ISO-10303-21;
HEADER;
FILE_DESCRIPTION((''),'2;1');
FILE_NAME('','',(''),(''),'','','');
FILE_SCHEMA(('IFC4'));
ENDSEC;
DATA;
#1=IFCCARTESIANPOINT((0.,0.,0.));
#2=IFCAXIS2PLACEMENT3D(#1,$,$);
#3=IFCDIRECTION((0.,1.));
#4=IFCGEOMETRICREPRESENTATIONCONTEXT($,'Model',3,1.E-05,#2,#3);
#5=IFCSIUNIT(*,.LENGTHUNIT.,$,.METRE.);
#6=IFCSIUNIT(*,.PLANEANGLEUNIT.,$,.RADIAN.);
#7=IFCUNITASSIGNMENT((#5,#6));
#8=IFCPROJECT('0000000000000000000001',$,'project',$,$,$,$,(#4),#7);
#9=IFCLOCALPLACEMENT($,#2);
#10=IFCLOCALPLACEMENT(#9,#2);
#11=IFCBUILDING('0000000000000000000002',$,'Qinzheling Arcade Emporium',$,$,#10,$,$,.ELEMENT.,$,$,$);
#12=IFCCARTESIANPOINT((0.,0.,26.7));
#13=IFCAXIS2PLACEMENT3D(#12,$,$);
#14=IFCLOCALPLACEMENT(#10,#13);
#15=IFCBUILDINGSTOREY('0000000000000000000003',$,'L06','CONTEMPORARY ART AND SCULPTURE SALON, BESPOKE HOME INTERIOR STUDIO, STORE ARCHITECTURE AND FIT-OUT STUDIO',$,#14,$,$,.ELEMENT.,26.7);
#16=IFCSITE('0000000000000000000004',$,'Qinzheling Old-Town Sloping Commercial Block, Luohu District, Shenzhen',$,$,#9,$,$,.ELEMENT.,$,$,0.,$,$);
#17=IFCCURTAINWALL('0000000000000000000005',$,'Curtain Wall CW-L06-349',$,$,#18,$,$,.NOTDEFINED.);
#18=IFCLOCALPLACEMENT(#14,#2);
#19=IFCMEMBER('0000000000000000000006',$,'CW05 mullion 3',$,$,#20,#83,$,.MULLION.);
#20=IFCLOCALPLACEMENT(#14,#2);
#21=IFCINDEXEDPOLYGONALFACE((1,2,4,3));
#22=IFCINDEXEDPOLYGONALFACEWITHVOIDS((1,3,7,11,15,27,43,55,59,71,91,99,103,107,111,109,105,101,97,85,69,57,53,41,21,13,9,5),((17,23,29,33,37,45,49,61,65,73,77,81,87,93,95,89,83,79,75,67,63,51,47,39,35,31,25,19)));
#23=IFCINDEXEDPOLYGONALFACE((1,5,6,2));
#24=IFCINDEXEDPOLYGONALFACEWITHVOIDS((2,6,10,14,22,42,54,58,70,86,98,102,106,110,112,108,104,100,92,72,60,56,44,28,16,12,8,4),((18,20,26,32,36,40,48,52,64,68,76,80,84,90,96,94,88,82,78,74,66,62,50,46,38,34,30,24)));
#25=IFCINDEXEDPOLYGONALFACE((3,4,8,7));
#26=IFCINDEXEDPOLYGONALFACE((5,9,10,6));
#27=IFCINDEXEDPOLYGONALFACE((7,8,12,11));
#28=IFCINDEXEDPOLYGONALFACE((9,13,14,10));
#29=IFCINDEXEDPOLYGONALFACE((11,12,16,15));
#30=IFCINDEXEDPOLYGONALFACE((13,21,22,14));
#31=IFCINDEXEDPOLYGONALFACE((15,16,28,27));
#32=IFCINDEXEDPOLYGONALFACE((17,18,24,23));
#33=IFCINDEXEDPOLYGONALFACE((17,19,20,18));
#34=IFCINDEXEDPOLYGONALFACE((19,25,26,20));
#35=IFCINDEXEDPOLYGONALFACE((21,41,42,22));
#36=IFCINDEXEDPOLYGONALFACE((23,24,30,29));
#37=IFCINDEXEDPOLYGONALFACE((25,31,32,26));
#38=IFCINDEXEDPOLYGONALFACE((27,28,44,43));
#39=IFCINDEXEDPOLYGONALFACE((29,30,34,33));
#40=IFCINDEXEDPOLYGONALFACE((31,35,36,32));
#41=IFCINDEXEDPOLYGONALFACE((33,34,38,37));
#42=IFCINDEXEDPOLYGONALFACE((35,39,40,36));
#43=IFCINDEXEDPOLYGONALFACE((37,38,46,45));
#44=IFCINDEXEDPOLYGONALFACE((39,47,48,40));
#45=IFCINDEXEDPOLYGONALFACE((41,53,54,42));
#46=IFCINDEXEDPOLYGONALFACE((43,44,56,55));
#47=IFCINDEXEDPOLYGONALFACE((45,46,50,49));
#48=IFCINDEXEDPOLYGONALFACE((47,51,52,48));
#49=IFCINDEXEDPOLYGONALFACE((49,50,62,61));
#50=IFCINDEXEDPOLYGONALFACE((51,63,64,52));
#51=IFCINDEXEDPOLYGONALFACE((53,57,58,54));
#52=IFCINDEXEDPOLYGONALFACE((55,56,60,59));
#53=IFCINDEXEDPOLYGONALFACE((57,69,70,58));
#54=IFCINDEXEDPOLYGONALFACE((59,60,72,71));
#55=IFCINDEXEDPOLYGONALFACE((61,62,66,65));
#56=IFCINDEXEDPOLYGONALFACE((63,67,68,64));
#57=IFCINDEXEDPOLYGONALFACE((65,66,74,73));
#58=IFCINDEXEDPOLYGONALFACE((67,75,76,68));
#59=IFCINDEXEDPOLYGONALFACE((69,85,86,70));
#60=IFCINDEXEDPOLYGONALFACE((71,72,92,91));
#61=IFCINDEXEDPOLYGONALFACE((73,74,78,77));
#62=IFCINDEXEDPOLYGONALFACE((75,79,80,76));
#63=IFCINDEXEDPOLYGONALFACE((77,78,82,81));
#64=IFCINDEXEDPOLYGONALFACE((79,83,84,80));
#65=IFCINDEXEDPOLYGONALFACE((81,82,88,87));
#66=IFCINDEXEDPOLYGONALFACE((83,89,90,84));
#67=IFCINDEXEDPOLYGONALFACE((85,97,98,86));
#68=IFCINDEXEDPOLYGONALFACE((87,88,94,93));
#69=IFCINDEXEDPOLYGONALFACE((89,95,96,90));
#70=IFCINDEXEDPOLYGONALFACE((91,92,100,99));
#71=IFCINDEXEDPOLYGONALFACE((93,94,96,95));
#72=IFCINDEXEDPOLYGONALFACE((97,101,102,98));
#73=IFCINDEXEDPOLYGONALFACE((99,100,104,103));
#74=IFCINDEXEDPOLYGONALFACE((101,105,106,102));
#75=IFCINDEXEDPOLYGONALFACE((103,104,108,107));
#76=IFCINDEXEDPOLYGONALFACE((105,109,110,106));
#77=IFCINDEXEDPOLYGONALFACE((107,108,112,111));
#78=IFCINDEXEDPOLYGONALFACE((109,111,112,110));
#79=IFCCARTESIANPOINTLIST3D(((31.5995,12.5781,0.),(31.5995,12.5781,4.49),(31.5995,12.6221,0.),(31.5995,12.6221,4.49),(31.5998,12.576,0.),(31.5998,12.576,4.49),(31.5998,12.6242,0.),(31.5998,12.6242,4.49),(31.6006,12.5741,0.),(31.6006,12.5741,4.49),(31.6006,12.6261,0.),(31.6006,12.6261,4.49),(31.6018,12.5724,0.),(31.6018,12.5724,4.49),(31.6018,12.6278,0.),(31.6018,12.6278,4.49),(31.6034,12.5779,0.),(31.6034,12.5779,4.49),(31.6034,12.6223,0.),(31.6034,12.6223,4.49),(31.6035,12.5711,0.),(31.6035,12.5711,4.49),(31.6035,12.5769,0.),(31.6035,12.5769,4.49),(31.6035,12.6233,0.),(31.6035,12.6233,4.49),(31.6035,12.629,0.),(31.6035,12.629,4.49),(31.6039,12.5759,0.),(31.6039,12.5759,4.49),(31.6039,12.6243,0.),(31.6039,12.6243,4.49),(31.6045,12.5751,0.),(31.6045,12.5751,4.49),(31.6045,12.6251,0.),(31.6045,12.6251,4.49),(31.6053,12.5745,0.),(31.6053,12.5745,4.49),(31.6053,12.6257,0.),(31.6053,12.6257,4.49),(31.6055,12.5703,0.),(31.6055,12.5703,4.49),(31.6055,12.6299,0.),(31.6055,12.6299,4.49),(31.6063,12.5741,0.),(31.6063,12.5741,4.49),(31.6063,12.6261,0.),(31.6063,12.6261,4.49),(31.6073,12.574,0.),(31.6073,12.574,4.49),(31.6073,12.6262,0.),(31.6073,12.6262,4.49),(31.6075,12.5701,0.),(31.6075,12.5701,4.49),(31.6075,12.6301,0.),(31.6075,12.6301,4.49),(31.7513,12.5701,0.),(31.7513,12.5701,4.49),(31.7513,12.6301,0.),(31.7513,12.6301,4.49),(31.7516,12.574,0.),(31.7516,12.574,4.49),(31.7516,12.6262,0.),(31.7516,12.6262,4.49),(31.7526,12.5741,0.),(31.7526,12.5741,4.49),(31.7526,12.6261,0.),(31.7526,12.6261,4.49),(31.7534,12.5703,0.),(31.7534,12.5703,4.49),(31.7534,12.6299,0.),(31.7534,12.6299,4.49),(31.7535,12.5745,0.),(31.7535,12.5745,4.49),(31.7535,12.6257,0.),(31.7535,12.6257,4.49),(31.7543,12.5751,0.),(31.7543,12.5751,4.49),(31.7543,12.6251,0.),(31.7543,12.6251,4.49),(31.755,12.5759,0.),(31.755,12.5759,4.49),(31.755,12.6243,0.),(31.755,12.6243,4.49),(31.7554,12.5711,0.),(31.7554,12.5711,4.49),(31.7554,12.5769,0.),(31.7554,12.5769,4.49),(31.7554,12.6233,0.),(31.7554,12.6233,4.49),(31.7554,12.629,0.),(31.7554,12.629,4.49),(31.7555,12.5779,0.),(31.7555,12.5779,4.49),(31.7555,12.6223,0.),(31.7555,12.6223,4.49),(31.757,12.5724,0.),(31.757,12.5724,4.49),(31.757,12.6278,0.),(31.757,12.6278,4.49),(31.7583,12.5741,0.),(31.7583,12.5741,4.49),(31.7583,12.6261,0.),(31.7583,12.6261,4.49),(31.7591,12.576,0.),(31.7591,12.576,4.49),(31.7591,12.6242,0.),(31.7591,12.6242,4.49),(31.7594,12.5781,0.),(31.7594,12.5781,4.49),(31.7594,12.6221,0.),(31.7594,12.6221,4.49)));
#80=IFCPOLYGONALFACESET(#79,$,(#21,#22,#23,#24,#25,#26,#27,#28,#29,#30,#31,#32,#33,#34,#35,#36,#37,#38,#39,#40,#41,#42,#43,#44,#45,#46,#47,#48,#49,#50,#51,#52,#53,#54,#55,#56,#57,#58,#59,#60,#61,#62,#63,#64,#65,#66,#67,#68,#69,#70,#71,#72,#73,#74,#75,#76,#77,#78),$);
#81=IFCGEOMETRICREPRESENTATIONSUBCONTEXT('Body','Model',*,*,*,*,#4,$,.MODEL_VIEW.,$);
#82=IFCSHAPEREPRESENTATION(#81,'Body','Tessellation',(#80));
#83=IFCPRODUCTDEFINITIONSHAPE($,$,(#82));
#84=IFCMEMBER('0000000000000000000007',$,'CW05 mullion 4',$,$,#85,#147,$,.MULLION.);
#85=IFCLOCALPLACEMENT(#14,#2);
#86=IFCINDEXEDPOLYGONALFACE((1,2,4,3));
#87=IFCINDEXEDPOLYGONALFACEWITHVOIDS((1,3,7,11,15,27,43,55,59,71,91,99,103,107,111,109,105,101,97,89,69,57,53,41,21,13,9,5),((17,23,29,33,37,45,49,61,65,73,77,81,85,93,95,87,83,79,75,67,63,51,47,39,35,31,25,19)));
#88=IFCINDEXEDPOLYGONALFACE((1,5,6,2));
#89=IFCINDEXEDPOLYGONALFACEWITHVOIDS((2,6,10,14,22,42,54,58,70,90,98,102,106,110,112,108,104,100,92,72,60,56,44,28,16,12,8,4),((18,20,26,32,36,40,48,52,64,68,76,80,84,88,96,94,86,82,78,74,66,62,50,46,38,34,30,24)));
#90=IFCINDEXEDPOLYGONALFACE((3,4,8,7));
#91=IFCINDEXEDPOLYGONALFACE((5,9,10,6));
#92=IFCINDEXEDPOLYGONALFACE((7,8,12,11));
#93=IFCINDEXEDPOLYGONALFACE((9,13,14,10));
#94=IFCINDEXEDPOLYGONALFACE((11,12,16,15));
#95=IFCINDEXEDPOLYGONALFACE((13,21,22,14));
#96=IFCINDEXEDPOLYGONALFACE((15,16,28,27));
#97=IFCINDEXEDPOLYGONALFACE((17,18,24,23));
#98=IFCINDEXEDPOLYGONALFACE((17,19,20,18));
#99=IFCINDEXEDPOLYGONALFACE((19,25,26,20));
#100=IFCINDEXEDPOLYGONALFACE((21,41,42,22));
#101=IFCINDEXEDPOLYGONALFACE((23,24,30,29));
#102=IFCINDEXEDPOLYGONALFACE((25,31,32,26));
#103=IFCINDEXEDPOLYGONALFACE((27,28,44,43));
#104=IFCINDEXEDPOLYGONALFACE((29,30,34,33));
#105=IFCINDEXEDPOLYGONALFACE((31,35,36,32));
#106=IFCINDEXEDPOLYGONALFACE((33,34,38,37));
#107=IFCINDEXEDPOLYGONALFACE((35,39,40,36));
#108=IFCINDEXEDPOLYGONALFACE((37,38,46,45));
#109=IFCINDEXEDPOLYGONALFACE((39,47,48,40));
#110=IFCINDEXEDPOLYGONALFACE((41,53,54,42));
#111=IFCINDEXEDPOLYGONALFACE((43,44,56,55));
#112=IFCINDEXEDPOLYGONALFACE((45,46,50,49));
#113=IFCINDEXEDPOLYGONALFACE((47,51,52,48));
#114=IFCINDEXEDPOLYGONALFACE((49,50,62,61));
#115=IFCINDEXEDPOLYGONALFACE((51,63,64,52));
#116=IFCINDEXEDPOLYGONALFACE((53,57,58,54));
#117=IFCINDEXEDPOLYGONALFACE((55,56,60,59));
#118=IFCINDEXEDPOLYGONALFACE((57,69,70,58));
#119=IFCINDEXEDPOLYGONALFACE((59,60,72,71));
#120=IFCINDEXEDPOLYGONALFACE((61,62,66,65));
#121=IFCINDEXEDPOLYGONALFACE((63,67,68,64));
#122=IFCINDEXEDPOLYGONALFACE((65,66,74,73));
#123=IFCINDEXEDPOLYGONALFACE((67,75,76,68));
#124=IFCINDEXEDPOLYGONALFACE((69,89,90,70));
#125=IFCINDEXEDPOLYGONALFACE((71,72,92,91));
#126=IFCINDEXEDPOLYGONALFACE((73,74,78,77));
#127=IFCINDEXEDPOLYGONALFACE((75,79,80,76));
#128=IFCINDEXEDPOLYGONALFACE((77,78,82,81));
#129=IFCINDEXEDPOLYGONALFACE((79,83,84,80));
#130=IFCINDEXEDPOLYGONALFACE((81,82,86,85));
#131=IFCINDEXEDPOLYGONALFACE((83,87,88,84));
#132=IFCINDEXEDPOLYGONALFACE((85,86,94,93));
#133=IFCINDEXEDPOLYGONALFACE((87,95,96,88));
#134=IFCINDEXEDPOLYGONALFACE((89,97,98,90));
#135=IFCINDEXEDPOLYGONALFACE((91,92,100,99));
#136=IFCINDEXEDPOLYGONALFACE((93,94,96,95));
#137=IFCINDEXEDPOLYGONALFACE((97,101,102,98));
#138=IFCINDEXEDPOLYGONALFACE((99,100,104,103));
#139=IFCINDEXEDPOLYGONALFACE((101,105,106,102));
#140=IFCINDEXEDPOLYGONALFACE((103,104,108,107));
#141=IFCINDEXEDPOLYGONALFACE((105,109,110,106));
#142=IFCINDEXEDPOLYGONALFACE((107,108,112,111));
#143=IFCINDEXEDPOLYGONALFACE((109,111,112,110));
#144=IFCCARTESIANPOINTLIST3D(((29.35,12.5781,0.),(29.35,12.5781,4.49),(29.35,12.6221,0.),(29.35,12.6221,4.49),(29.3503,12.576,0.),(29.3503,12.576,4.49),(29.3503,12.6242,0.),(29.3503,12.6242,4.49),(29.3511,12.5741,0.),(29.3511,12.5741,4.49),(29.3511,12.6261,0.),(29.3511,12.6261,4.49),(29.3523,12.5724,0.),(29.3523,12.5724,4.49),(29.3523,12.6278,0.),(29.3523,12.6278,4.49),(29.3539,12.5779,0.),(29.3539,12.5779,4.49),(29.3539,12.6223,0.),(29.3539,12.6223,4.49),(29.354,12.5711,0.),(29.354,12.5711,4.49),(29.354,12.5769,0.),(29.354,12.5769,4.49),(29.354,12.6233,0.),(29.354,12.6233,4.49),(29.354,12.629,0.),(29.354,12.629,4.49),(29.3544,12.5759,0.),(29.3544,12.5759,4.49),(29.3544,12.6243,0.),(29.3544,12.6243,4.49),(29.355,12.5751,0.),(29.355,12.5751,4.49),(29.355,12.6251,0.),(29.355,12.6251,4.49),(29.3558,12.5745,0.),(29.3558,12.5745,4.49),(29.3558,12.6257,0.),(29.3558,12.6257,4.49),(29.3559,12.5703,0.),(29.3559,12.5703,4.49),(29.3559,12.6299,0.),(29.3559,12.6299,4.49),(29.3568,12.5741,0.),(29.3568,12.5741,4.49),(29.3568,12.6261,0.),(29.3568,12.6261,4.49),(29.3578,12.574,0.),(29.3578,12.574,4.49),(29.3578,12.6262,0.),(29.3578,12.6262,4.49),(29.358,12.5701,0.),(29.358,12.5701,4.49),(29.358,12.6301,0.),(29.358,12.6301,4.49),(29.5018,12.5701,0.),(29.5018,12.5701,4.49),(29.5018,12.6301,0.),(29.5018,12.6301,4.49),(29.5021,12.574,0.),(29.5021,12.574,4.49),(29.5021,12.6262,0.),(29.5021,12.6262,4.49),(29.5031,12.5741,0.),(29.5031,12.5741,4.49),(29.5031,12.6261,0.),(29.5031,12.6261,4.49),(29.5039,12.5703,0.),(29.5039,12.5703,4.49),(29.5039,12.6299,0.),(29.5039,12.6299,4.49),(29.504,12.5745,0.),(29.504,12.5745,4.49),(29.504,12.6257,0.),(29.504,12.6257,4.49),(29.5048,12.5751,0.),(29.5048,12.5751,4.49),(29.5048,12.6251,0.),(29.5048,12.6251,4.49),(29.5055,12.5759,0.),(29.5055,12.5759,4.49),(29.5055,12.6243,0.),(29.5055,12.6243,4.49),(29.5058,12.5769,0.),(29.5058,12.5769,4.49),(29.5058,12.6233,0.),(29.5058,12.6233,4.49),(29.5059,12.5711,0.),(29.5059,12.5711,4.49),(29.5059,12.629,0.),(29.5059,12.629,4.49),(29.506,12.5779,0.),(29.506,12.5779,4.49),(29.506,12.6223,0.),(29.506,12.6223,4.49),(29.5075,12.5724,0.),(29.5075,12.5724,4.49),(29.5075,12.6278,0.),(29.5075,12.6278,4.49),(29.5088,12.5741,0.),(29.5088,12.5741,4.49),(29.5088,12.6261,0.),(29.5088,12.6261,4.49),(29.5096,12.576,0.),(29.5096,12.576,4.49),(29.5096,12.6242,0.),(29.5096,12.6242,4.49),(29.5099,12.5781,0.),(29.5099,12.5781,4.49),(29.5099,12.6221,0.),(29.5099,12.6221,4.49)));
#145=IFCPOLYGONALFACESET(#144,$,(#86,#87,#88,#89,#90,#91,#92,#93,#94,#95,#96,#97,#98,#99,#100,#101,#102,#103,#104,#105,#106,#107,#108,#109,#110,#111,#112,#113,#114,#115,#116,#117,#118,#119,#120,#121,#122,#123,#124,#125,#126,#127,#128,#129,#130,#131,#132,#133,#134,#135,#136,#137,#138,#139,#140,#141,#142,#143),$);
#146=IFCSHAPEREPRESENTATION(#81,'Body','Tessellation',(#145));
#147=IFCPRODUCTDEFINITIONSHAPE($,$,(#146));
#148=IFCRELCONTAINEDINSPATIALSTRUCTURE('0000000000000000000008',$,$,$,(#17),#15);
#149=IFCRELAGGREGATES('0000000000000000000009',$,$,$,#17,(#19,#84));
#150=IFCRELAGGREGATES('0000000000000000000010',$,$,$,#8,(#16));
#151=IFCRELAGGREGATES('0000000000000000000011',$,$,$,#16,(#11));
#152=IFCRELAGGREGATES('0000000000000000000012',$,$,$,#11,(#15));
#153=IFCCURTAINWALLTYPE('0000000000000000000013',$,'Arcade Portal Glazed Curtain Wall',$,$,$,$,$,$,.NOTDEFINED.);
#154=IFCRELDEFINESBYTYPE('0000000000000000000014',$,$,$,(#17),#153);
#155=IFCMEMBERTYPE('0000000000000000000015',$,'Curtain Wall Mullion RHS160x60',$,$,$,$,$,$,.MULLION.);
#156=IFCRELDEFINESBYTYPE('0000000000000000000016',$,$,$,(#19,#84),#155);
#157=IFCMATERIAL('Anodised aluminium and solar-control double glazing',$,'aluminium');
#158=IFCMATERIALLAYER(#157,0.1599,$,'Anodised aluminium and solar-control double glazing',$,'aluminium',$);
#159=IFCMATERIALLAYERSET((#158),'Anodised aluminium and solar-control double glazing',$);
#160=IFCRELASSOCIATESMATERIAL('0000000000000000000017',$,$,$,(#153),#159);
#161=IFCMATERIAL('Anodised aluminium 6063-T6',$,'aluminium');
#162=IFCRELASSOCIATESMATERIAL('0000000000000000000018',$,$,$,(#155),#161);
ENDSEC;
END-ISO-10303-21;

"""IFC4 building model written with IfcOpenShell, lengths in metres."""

from ifc_helpers import new_model, si_unit, direction, frame, origin, origin_2d, place, context, subcontext, project, spatial, hollow_rectangle, extrude, material, layer, layer_set, material_profile, profile_set, type_object, element, aggregate, save


model = new_model("IFC4")

# Units and contexts
model_context = context("Model", 3, precision=1e-05, world=origin(), true_north=direction((0.0, 1.0)))
body_context = subcontext(model_context, "Body", "Model", "MODEL_VIEW")
ifc_project = project(units=[si_unit("LENGTHUNIT", "METRE"), si_unit("PLANEANGLEUNIT", "RADIAN")], contexts=[model_context])

# Site, building, storey
site_placement = place(None, origin())
site = spatial("IfcSite", under=ifc_project, at=site_placement, Name="Qinzheling Old-Town Sloping Commercial Block, Luohu District, Shenzhen", CompositionType="ELEMENT", RefElevation=0.0)
building_placement = place(site_placement, origin())
building = spatial("IfcBuilding", under=site, at=building_placement, Name="Qinzheling Arcade Emporium", CompositionType="ELEMENT")
storey_placement = place(building_placement, frame((0.0, 0.0, 26.7)))
storey = spatial("IfcBuildingStorey", under=building, at=storey_placement, Name="L06", Description="CONTEMPORARY ART AND SCULPTURE SALON, BESPOKE HOME INTERIOR STUDIO, STORE ARCHITECTURE AND FIT-OUT STUDIO", CompositionType="ELEMENT", Elevation=26.7)

# Curtain wall, members
ifc_material_1 = material(Name="Anodised aluminium and solar-control double glazing", Category="aluminium")
ifc_layer_1 = layer(ifc_material_1, 0.1599, Name="Anodised aluminium and solar-control double glazing", Category="aluminium")
ifc_layer_set_1 = layer_set([ifc_layer_1], Name="Anodised aluminium and solar-control double glazing")
curtain_wall_type_1 = type_object("IfcCurtainWallType", Name="Arcade Portal Glazed Curtain Wall", PredefinedType="NOTDEFINED", material=ifc_layer_set_1)
curtain_wall_1_placement = place(storey_placement, origin())
curtain_wall_1 = element("IfcCurtainWall", 1, at=curtain_wall_1_placement, inside=storey, type_object=curtain_wall_type_1, Name="Curtain Wall CW-L06-349", PredefinedType="NOTDEFINED")
ifc_material_2 = material(Name="Anodised aluminium 6063-T6", Category="aluminium")
ifc_material_profile_1 = material_profile(ifc_material_2, hollow_rectangle(XDim=0.0601, YDim=0.1599, WallThickness=0.0039, InnerFilletRadius=0.0039, OuterFilletRadius=0.0081, at=origin_2d()), Name="RHS 160x60x4", Category="aluminium")
ifc_profile_set_1 = profile_set([ifc_material_profile_1], Name="Anodised aluminium 6063-T6")
member_type_1 = type_object("IfcMemberType", Name="Curtain Wall Mullion RHS160x60", PredefinedType="MULLION", material=ifc_profile_set_1)
member_1_placement = place(storey_placement, frame((31.6794, 12.6001, 0.0), z_axis=(0.0, 0.0, 1.0), x_axis=(0.0, -1.0, 0.0)))
member_1 = element("IfcMember", 2, at=member_1_placement, type_object=member_type_1, Name="CW05 mullion 3", PredefinedType="MULLION", context=body_context, shape_type="SweptSolid", body=[
    extrude(hollow_rectangle(XDim=0.0601, YDim=0.1599, WallThickness=0.0039, InnerFilletRadius=0.0039, OuterFilletRadius=0.0081, at=origin_2d()), origin(), (0.0, 0.0, 1.0), 4.49),
])
member_2_placement = place(storey_placement, frame((29.4299, 12.6001, 0.0), z_axis=(0.0, 0.0, 1.0), x_axis=(0.0, -1.0, 0.0)))
member_2 = element("IfcMember", 3, at=member_2_placement, type_object=member_type_1, Name="CW05 mullion 4", PredefinedType="MULLION", context=body_context, shape_type="SweptSolid", body=[
    extrude(hollow_rectangle(XDim=0.0601, YDim=0.1599, WallThickness=0.0039, InnerFilletRadius=0.0039, OuterFilletRadius=0.0081, at=origin_2d()), origin(), (0.0, 0.0, 1.0), 4.49),
])

aggregate(curtain_wall_1, [member_1, member_2])

save(model, "model.ifc")
